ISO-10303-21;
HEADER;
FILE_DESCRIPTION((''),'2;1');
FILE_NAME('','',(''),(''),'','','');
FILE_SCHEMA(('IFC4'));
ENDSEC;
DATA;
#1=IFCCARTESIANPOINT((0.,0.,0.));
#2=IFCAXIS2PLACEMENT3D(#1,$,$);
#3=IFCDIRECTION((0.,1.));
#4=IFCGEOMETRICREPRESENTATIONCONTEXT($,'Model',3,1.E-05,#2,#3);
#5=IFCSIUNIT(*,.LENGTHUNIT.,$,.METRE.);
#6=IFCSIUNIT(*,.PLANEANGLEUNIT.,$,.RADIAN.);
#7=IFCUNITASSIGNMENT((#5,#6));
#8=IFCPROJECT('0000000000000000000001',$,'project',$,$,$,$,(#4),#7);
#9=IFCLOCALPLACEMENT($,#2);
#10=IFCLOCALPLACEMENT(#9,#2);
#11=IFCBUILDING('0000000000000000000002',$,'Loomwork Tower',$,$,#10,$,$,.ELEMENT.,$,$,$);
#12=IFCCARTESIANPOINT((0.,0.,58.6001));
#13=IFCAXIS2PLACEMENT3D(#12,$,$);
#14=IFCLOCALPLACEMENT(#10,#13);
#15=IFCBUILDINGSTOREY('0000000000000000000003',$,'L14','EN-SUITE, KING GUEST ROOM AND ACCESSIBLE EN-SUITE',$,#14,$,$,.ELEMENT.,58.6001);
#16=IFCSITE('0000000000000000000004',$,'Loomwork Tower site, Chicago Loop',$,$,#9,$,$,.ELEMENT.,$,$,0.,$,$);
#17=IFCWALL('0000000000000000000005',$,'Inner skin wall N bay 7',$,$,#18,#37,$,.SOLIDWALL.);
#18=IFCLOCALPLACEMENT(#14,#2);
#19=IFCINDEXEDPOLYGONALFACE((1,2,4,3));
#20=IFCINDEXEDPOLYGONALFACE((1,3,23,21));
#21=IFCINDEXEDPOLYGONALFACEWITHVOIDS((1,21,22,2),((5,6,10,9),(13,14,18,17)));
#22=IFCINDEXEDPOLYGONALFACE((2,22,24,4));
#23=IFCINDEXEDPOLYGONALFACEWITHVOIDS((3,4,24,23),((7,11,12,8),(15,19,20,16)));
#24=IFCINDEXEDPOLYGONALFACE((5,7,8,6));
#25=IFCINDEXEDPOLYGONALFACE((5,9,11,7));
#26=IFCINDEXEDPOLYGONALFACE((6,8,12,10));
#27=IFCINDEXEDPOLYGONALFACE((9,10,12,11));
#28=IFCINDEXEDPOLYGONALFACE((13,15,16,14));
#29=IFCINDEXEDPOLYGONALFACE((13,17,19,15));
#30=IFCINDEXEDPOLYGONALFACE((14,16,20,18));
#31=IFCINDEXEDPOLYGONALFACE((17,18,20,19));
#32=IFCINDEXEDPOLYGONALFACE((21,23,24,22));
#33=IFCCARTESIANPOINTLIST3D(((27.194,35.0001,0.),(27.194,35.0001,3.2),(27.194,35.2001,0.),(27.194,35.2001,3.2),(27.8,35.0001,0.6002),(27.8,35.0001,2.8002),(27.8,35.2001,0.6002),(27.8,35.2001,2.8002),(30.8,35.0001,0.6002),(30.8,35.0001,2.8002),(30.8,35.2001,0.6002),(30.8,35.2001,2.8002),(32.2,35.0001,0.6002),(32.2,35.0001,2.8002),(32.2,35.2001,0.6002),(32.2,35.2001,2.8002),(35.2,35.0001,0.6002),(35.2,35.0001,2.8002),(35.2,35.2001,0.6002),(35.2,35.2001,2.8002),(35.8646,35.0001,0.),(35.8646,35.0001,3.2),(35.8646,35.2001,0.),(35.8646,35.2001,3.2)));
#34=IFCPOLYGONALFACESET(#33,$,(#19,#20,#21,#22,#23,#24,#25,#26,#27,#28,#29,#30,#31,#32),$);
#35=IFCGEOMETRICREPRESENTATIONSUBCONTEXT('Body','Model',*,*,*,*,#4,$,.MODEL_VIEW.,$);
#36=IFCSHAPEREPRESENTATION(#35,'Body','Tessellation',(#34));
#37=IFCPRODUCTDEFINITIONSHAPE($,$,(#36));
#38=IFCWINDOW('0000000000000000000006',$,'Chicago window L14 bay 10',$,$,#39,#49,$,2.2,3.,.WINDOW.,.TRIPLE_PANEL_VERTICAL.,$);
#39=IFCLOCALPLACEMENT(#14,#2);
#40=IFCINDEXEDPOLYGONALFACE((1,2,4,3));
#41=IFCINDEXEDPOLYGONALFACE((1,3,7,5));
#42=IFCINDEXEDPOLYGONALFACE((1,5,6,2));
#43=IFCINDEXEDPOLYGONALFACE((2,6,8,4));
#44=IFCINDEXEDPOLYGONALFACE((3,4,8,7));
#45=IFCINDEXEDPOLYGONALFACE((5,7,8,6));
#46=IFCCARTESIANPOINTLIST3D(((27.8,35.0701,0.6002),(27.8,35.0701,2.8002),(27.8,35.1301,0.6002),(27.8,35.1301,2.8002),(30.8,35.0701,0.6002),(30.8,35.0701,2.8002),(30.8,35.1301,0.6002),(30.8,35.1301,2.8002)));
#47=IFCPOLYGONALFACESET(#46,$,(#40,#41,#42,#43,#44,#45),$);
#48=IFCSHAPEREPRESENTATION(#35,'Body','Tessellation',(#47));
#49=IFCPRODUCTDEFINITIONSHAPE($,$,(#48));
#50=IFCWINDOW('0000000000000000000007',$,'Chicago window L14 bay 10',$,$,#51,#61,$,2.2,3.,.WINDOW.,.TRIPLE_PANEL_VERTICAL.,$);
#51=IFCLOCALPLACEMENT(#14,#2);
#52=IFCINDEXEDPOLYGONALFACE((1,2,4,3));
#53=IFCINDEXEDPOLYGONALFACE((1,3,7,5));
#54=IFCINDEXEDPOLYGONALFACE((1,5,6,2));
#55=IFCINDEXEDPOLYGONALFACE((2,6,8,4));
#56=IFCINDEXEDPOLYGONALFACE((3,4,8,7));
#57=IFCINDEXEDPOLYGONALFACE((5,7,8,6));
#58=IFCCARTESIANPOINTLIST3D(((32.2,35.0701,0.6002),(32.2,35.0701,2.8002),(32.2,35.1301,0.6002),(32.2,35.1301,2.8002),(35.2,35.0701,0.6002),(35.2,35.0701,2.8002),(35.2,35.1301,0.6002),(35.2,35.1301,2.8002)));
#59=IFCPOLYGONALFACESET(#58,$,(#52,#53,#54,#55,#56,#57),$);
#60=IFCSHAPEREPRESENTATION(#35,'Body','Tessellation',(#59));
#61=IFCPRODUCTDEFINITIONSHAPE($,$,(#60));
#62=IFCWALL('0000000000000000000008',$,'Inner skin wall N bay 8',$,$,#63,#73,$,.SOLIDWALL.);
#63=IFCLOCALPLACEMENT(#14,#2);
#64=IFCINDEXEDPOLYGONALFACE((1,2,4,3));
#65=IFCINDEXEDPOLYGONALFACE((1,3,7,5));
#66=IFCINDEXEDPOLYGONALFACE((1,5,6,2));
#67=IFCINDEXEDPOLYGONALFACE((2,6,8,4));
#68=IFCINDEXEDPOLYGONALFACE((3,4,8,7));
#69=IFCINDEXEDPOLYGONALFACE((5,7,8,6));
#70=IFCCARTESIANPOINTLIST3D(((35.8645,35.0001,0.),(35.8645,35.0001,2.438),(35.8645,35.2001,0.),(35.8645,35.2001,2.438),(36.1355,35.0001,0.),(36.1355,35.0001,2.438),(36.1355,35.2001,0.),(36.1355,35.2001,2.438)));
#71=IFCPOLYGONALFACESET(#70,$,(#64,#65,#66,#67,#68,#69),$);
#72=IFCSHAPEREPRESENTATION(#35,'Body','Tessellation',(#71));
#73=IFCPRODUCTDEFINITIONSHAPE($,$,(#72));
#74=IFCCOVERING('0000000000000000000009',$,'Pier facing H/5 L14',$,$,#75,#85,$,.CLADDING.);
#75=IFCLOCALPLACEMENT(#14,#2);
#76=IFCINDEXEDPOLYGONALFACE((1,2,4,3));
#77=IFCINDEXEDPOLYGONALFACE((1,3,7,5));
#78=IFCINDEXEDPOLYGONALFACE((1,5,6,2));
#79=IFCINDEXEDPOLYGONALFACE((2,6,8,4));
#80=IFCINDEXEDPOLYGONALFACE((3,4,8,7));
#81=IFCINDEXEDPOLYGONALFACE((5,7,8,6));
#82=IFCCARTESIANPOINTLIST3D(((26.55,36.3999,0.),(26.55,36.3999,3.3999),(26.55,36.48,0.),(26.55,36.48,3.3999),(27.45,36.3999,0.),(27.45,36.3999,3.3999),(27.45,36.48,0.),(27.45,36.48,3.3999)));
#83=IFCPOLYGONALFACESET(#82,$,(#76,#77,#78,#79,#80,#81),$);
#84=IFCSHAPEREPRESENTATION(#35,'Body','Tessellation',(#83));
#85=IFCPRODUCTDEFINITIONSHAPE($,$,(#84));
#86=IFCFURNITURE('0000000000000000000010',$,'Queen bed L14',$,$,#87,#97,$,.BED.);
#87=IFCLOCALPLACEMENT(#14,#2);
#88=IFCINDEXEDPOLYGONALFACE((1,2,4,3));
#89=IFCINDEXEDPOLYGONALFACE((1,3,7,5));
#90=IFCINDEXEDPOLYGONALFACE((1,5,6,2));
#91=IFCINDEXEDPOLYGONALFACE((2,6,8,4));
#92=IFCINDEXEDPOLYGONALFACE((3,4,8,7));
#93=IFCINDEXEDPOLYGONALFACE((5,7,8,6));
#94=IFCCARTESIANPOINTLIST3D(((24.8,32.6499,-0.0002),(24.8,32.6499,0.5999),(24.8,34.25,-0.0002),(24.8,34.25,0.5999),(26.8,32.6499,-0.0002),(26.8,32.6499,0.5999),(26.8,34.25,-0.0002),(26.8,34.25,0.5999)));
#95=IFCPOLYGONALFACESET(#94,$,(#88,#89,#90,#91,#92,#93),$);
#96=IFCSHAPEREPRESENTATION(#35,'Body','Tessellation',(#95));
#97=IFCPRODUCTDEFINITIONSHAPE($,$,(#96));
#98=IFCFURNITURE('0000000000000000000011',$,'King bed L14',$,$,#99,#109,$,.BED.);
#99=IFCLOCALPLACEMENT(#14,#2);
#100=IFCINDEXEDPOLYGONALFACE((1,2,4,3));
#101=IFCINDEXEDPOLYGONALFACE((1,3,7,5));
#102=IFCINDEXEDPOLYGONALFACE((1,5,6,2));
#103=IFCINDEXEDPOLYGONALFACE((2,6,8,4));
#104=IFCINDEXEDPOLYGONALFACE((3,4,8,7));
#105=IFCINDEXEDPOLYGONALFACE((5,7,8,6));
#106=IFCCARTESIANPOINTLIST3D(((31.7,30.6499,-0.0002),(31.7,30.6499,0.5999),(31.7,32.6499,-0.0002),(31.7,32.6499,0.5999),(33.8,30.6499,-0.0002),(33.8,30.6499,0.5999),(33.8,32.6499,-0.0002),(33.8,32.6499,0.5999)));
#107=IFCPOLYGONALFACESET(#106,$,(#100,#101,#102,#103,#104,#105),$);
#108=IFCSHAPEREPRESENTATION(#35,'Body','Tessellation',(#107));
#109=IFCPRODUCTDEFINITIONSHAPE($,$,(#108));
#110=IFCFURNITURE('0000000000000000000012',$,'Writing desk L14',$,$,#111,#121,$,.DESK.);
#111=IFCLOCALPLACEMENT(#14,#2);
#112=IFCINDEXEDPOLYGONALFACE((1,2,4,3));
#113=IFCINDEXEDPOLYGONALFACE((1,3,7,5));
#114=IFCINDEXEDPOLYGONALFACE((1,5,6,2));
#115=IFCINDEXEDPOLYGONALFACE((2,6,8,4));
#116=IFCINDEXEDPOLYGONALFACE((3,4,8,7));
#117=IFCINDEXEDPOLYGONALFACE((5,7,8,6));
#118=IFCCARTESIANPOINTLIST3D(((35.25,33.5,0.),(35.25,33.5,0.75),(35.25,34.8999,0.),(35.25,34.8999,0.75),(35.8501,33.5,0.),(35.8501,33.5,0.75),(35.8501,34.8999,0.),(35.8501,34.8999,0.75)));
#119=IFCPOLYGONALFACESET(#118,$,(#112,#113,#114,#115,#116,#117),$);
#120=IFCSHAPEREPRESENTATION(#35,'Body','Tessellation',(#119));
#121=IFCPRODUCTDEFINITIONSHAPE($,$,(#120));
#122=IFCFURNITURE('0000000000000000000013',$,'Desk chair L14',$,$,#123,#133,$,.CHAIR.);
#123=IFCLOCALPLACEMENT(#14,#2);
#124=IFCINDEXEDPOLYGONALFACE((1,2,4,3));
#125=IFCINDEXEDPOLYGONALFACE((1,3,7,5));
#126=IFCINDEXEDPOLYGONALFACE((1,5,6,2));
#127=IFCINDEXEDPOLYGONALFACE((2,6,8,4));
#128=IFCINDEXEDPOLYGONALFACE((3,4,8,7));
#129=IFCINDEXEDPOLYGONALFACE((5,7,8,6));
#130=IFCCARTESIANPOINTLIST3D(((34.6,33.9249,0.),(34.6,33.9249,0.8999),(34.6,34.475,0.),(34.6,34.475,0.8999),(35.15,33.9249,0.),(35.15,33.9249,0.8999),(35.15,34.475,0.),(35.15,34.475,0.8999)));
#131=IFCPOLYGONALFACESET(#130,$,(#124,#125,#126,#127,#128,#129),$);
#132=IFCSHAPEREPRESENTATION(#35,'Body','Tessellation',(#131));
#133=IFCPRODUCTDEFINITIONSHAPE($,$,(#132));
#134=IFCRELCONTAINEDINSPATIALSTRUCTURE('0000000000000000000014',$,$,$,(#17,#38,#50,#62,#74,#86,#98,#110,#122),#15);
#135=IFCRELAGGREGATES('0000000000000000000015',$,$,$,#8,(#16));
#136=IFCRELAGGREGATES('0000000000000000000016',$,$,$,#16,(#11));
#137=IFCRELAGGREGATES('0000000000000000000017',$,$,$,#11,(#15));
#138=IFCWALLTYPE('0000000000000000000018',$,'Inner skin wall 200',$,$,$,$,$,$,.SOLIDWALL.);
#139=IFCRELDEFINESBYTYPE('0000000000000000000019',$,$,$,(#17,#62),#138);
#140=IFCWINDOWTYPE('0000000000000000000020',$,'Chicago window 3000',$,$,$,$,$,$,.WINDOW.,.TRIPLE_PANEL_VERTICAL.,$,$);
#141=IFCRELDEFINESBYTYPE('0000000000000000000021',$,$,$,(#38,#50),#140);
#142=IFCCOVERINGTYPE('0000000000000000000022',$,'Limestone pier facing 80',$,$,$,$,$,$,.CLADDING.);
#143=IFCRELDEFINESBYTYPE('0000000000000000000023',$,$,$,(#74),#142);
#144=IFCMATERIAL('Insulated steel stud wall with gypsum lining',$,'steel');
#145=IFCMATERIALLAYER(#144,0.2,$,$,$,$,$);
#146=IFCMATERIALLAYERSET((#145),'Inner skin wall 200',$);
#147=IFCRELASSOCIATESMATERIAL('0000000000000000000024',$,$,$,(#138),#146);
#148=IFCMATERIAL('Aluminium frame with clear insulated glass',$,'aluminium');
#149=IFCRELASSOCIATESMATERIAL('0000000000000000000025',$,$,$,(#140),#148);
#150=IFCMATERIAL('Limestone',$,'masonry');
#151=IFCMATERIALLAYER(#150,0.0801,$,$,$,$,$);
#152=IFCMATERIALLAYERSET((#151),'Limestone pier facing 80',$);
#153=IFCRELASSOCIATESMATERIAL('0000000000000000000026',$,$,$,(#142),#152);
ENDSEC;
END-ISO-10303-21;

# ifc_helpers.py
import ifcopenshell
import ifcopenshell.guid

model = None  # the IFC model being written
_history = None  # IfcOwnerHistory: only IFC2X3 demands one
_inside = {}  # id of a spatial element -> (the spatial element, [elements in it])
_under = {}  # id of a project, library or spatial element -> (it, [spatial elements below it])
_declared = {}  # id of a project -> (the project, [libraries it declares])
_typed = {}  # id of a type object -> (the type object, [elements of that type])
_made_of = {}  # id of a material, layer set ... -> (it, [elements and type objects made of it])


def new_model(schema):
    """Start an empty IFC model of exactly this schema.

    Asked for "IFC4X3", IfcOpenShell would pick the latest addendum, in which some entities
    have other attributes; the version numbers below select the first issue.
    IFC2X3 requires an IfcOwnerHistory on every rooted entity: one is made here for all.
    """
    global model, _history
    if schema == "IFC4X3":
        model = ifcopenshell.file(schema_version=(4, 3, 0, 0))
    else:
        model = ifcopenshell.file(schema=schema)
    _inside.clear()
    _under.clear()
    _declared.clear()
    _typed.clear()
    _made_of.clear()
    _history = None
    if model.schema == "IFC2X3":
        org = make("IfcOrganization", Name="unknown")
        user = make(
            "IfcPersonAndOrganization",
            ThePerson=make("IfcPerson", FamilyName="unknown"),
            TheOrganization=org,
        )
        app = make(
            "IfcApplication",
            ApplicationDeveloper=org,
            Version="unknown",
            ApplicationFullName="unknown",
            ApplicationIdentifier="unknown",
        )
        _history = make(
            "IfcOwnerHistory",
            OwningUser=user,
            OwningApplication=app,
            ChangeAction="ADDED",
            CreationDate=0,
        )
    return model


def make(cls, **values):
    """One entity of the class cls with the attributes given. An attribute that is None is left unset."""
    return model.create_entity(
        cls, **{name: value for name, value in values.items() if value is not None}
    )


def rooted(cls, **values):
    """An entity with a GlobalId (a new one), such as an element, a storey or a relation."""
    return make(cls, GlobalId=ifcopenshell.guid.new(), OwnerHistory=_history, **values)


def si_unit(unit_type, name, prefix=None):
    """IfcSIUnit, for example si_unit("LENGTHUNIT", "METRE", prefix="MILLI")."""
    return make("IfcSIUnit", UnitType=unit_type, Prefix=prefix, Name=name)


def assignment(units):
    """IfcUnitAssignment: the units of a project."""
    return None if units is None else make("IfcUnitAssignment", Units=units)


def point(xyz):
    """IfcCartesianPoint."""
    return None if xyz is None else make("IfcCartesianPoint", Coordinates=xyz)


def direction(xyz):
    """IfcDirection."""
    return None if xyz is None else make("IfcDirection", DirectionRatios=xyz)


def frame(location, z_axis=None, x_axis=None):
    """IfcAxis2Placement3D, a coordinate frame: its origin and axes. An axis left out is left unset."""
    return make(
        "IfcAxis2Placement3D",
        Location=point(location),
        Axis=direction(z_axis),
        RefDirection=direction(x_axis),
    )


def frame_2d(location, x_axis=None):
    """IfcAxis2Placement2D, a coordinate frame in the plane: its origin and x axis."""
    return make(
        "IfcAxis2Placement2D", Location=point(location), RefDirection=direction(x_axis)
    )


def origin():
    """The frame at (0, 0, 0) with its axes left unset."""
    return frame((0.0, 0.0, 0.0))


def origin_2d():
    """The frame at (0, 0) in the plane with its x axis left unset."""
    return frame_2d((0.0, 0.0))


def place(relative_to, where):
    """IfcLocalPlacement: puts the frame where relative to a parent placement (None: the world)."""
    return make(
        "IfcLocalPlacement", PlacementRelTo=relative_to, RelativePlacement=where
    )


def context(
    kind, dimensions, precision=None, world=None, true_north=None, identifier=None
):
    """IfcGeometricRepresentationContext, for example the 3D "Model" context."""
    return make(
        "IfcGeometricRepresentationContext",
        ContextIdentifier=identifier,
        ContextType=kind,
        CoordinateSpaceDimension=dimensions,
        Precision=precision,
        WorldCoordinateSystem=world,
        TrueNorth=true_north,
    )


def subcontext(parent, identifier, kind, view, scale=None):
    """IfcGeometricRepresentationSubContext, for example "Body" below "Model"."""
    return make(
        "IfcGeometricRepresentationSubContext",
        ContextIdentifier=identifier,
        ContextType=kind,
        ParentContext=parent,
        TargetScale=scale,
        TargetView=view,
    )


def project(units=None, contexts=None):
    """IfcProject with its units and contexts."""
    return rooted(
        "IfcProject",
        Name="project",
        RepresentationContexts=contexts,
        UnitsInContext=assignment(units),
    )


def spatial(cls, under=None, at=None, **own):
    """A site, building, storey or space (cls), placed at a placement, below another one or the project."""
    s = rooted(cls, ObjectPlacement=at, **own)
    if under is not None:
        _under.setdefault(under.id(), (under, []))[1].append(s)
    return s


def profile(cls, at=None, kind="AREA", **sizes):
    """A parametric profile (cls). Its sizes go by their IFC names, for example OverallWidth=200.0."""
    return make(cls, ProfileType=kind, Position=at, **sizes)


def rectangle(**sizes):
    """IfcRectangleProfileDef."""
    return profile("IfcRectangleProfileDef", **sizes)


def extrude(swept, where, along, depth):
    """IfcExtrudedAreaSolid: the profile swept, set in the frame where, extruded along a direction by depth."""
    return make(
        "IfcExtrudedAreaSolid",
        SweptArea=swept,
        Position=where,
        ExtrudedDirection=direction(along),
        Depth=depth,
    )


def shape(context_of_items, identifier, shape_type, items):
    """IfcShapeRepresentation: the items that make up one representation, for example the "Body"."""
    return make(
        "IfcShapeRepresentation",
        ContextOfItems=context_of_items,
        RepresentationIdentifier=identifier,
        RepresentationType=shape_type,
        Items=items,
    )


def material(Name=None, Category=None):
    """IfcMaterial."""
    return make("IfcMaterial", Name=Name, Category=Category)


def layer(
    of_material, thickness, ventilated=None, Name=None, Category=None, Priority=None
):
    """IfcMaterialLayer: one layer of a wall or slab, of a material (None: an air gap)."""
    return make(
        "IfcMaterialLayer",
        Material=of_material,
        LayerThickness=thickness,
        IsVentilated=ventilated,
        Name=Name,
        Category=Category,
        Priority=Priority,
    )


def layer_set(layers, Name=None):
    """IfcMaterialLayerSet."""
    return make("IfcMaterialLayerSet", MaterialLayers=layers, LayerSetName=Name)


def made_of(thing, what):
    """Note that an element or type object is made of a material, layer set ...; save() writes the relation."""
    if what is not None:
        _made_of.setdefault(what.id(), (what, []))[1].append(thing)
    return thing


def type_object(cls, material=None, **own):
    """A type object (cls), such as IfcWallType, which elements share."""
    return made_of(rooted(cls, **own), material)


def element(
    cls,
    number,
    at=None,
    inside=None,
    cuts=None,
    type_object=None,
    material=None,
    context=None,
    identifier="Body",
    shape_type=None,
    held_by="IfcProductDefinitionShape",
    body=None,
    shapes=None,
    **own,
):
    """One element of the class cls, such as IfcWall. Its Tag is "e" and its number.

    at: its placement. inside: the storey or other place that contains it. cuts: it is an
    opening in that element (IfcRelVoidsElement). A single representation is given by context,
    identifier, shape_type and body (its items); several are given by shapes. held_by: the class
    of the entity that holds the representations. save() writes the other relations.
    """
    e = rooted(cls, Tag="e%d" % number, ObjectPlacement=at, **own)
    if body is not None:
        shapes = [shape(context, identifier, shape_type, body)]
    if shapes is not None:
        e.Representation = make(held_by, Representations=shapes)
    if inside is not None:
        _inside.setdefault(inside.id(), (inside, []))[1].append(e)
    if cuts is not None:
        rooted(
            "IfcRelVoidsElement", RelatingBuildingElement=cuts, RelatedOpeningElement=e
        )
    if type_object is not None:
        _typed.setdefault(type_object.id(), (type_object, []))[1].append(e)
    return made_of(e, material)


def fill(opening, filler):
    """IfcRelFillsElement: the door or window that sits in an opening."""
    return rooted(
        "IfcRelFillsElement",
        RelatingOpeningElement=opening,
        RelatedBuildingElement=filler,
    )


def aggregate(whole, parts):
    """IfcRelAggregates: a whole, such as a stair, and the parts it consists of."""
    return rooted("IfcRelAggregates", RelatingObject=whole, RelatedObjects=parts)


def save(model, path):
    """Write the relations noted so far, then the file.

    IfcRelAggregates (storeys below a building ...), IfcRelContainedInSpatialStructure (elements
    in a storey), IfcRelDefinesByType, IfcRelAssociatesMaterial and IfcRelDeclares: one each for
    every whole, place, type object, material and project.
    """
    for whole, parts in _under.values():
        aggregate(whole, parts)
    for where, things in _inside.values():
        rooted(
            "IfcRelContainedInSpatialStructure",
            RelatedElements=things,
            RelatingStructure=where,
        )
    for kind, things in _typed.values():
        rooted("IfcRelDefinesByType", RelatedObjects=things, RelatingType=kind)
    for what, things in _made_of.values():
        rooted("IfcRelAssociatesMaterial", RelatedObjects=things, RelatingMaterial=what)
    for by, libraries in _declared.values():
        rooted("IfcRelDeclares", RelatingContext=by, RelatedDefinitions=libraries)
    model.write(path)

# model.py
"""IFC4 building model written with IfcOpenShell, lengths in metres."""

from ifc_helpers import new_model, si_unit, direction, frame, frame_2d, origin, origin_2d, place, context, subcontext, project, spatial, rectangle, extrude, material, layer, layer_set, type_object, element, fill, save


model = new_model("IFC4")

# Units and contexts
model_context = context("Model", 3, precision=1e-05, world=origin(), true_north=direction((0.0, 1.0)))
body_context = subcontext(model_context, "Body", "Model", "MODEL_VIEW")
ifc_project = project(units=[si_unit("LENGTHUNIT", "METRE"), si_unit("PLANEANGLEUNIT", "RADIAN")], contexts=[model_context])

# Site, building, storey
site_placement = place(None, origin())
site = spatial("IfcSite", under=ifc_project, at=site_placement, Name="Loomwork Tower site, Chicago Loop", CompositionType="ELEMENT", RefElevation=0.0)
building_placement = place(site_placement, origin())
building = spatial("IfcBuilding", under=site, at=building_placement, Name="Loomwork Tower", CompositionType="ELEMENT")
storey_placement = place(building_placement, frame((0.0, 0.0, 58.6001)))
storey = spatial("IfcBuildingStorey", under=building, at=storey_placement, Name="L14", Description="EN-SUITE, KING GUEST ROOM AND ACCESSIBLE EN-SUITE", CompositionType="ELEMENT", Elevation=58.6001)

# Shared definitions
ifc_material_1 = material(Name="Insulated steel stud wall with gypsum lining", Category="steel")
ifc_layer_1 = layer(ifc_material_1, 0.2)
ifc_layer_set_1 = layer_set([ifc_layer_1], Name="Inner skin wall 200")
wall_type = type_object("IfcWallType", Name="Inner skin wall 200", PredefinedType="SOLIDWALL", material=ifc_layer_set_1)

# Wall, openings, windows
wall_1_placement = place(storey_placement, frame((27.1938, 35.1001, 0.0), z_axis=(0.0, 0.0, 1.0), x_axis=(1.0, 0.0, 0.0)))
wall_1 = element("IfcWall", 1, at=wall_1_placement, inside=storey, type_object=wall_type, Name="Inner skin wall N bay 7", PredefinedType="SOLIDWALL", context=body_context, shape_type="SweptSolid", body=[
    extrude(rectangle(XDim=8.6707, YDim=0.2, at=frame_2d((4.3354, 0.0))), origin(), (0.0, 0.0, 1.0), 3.2),
])
opening_1_placement = place(wall_1_placement, frame((0.6062, 0.0, 0.6001)))
opening_1 = element("IfcOpeningElement", 2, at=opening_1_placement, cuts=wall_1, PredefinedType="OPENING", context=body_context, shape_type="SweptSolid", body=[
    extrude(rectangle(XDim=3.0, YDim=2.2, at=frame_2d((1.5, 1.1001))), frame((0.0, 0.1099, 0.0), z_axis=(0.0, -1.0, 0.0), x_axis=(1.0, 0.0, 0.0)), (0.0, 0.0, 1.0), 0.22),
])
opening_2_placement = place(wall_1_placement, frame((5.0061, 0.0, 0.6001)))
opening_2 = element("IfcOpeningElement", 3, at=opening_2_placement, cuts=wall_1, PredefinedType="OPENING", context=body_context, shape_type="SweptSolid", body=[
    extrude(rectangle(XDim=3.0, YDim=2.2, at=frame_2d((1.5, 1.1001))), frame((0.0, 0.1099, 0.0), z_axis=(0.0, -1.0, 0.0), x_axis=(1.0, 0.0, 0.0)), (0.0, 0.0, 1.0), 0.22),
])
ifc_material_2 = material(Name="Aluminium frame with clear insulated glass", Category="aluminium")
window_type = type_object("IfcWindowType", Name="Chicago window 3000", PartitioningType="TRIPLE_PANEL_VERTICAL", PredefinedType="WINDOW", material=ifc_material_2)
window_1_placement = place(opening_1_placement, origin())
window_1 = element("IfcWindow", 4, at=window_1_placement, inside=storey, type_object=window_type, Name="Chicago window L14 bay 10", OverallHeight=2.2, OverallWidth=3.0, PartitioningType="TRIPLE_PANEL_VERTICAL", PredefinedType="WINDOW", context=body_context, shape_type="SweptSolid", body=[
    extrude(rectangle(XDim=3.0, YDim=2.2, at=frame_2d((1.5, 1.1001))), frame((0.0, 0.03, 0.0), z_axis=(0.0, -1.0, 0.0), x_axis=(1.0, 0.0, 0.0)), (0.0, 0.0, 1.0), 0.0601),
])
fill(opening_1, window_1)
window_2_placement = place(opening_2_placement, origin())
window_2 = element("IfcWindow", 5, at=window_2_placement, inside=storey, type_object=window_type, Name="Chicago window L14 bay 10", OverallHeight=2.2, OverallWidth=3.0, PartitioningType="TRIPLE_PANEL_VERTICAL", PredefinedType="WINDOW", context=body_context, shape_type="SweptSolid", body=[
    extrude(rectangle(XDim=3.0, YDim=2.2, at=frame_2d((1.5, 1.1001))), frame((0.0, 0.03, 0.0), z_axis=(0.0, -1.0, 0.0), x_axis=(1.0, 0.0, 0.0)), (0.0, 0.0, 1.0), 0.0601),
])
fill(opening_2, window_2)

# Wall
wall_2_placement = place(storey_placement, frame((35.8645, 35.1001, 0.0), z_axis=(0.0, 0.0, 1.0), x_axis=(1.0, 0.0, 0.0)))
element("IfcWall", 6, at=wall_2_placement, inside=storey, type_object=wall_type, Name="Inner skin wall N bay 8", PredefinedType="SOLIDWALL", context=body_context, shape_type="SweptSolid", body=[
    extrude(rectangle(XDim=0.271, YDim=0.2, at=frame_2d((0.1355, 0.0))), origin(), (0.0, 0.0, 1.0), 2.438),
])

# Covering
ifc_material_3 = material(Name="Limestone", Category="masonry")
ifc_layer_2 = layer(ifc_material_3, 0.0801)
ifc_layer_set_2 = layer_set([ifc_layer_2], Name="Limestone pier facing 80")
covering_type = type_object("IfcCoveringType", Name="Limestone pier facing 80", PredefinedType="CLADDING", material=ifc_layer_set_2)
covering_placement = place(storey_placement, frame((27.0, 36.4399, 0.0), z_axis=(0.0, 0.0, 1.0), x_axis=(1.0, 0.0, 0.0)))
element("IfcCovering", 7, at=covering_placement, inside=storey, type_object=covering_type, Name="Pier facing H/5 L14", PredefinedType="CLADDING", context=body_context, shape_type="SweptSolid", body=[
    extrude(rectangle(XDim=0.8999, YDim=0.0801, at=origin_2d()), origin(), (0.0, 0.0, 1.0), 3.3999),
])

# Furniture
furniture_1_placement = place(storey_placement, frame((25.8, 33.45, -0.0002), z_axis=(0.0, 0.0, 1.0), x_axis=(1.0, 0.0, 0.0)))
element("IfcFurniture", 8, at=furniture_1_placement, inside=storey, Name="Queen bed L14", PredefinedType="BED", context=body_context, shape_type="SweptSolid", body=[
    extrude(rectangle(XDim=2.0, YDim=1.6001, at=origin_2d()), origin(), (0.0, 0.0, 1.0), 0.6001),
])
furniture_2_placement = place(storey_placement, frame((32.75, 31.6499, -0.0002), z_axis=(0.0, 0.0, 1.0), x_axis=(1.0, 0.0, 0.0)))
element("IfcFurniture", 9, at=furniture_2_placement, inside=storey, Name="King bed L14", PredefinedType="BED", context=body_context, shape_type="SweptSolid", body=[
    extrude(rectangle(XDim=2.1001, YDim=2.0, at=origin_2d()), origin(), (0.0, 0.0, 1.0), 0.6001),
])
furniture_3_placement = place(storey_placement, frame((35.55, 34.2, 0.0), z_axis=(0.0, 0.0, 1.0), x_axis=(1.0, 0.0, 0.0)))
element("IfcFurniture", 10, at=furniture_3_placement, inside=storey, Name="Writing desk L14", PredefinedType="DESK", context=body_context, shape_type="SweptSolid", body=[
    extrude(rectangle(XDim=0.6001, YDim=1.3999, at=origin_2d()), origin(), (0.0, 0.0, 1.0), 0.75),
])
furniture_4_placement = place(storey_placement, frame((34.875, 34.2, 0.0), z_axis=(0.0, 0.0, 1.0), x_axis=(1.0, 0.0, 0.0)))
element("IfcFurniture", 11, at=furniture_4_placement, inside=storey, Name="Desk chair L14", PredefinedType="CHAIR", context=body_context, shape_type="SweptSolid", body=[
    extrude(rectangle(XDim=0.55, YDim=0.55, at=origin_2d()), origin(), (0.0, 0.0, 1.0), 0.8999),
])

save(model, "model.ifc")
